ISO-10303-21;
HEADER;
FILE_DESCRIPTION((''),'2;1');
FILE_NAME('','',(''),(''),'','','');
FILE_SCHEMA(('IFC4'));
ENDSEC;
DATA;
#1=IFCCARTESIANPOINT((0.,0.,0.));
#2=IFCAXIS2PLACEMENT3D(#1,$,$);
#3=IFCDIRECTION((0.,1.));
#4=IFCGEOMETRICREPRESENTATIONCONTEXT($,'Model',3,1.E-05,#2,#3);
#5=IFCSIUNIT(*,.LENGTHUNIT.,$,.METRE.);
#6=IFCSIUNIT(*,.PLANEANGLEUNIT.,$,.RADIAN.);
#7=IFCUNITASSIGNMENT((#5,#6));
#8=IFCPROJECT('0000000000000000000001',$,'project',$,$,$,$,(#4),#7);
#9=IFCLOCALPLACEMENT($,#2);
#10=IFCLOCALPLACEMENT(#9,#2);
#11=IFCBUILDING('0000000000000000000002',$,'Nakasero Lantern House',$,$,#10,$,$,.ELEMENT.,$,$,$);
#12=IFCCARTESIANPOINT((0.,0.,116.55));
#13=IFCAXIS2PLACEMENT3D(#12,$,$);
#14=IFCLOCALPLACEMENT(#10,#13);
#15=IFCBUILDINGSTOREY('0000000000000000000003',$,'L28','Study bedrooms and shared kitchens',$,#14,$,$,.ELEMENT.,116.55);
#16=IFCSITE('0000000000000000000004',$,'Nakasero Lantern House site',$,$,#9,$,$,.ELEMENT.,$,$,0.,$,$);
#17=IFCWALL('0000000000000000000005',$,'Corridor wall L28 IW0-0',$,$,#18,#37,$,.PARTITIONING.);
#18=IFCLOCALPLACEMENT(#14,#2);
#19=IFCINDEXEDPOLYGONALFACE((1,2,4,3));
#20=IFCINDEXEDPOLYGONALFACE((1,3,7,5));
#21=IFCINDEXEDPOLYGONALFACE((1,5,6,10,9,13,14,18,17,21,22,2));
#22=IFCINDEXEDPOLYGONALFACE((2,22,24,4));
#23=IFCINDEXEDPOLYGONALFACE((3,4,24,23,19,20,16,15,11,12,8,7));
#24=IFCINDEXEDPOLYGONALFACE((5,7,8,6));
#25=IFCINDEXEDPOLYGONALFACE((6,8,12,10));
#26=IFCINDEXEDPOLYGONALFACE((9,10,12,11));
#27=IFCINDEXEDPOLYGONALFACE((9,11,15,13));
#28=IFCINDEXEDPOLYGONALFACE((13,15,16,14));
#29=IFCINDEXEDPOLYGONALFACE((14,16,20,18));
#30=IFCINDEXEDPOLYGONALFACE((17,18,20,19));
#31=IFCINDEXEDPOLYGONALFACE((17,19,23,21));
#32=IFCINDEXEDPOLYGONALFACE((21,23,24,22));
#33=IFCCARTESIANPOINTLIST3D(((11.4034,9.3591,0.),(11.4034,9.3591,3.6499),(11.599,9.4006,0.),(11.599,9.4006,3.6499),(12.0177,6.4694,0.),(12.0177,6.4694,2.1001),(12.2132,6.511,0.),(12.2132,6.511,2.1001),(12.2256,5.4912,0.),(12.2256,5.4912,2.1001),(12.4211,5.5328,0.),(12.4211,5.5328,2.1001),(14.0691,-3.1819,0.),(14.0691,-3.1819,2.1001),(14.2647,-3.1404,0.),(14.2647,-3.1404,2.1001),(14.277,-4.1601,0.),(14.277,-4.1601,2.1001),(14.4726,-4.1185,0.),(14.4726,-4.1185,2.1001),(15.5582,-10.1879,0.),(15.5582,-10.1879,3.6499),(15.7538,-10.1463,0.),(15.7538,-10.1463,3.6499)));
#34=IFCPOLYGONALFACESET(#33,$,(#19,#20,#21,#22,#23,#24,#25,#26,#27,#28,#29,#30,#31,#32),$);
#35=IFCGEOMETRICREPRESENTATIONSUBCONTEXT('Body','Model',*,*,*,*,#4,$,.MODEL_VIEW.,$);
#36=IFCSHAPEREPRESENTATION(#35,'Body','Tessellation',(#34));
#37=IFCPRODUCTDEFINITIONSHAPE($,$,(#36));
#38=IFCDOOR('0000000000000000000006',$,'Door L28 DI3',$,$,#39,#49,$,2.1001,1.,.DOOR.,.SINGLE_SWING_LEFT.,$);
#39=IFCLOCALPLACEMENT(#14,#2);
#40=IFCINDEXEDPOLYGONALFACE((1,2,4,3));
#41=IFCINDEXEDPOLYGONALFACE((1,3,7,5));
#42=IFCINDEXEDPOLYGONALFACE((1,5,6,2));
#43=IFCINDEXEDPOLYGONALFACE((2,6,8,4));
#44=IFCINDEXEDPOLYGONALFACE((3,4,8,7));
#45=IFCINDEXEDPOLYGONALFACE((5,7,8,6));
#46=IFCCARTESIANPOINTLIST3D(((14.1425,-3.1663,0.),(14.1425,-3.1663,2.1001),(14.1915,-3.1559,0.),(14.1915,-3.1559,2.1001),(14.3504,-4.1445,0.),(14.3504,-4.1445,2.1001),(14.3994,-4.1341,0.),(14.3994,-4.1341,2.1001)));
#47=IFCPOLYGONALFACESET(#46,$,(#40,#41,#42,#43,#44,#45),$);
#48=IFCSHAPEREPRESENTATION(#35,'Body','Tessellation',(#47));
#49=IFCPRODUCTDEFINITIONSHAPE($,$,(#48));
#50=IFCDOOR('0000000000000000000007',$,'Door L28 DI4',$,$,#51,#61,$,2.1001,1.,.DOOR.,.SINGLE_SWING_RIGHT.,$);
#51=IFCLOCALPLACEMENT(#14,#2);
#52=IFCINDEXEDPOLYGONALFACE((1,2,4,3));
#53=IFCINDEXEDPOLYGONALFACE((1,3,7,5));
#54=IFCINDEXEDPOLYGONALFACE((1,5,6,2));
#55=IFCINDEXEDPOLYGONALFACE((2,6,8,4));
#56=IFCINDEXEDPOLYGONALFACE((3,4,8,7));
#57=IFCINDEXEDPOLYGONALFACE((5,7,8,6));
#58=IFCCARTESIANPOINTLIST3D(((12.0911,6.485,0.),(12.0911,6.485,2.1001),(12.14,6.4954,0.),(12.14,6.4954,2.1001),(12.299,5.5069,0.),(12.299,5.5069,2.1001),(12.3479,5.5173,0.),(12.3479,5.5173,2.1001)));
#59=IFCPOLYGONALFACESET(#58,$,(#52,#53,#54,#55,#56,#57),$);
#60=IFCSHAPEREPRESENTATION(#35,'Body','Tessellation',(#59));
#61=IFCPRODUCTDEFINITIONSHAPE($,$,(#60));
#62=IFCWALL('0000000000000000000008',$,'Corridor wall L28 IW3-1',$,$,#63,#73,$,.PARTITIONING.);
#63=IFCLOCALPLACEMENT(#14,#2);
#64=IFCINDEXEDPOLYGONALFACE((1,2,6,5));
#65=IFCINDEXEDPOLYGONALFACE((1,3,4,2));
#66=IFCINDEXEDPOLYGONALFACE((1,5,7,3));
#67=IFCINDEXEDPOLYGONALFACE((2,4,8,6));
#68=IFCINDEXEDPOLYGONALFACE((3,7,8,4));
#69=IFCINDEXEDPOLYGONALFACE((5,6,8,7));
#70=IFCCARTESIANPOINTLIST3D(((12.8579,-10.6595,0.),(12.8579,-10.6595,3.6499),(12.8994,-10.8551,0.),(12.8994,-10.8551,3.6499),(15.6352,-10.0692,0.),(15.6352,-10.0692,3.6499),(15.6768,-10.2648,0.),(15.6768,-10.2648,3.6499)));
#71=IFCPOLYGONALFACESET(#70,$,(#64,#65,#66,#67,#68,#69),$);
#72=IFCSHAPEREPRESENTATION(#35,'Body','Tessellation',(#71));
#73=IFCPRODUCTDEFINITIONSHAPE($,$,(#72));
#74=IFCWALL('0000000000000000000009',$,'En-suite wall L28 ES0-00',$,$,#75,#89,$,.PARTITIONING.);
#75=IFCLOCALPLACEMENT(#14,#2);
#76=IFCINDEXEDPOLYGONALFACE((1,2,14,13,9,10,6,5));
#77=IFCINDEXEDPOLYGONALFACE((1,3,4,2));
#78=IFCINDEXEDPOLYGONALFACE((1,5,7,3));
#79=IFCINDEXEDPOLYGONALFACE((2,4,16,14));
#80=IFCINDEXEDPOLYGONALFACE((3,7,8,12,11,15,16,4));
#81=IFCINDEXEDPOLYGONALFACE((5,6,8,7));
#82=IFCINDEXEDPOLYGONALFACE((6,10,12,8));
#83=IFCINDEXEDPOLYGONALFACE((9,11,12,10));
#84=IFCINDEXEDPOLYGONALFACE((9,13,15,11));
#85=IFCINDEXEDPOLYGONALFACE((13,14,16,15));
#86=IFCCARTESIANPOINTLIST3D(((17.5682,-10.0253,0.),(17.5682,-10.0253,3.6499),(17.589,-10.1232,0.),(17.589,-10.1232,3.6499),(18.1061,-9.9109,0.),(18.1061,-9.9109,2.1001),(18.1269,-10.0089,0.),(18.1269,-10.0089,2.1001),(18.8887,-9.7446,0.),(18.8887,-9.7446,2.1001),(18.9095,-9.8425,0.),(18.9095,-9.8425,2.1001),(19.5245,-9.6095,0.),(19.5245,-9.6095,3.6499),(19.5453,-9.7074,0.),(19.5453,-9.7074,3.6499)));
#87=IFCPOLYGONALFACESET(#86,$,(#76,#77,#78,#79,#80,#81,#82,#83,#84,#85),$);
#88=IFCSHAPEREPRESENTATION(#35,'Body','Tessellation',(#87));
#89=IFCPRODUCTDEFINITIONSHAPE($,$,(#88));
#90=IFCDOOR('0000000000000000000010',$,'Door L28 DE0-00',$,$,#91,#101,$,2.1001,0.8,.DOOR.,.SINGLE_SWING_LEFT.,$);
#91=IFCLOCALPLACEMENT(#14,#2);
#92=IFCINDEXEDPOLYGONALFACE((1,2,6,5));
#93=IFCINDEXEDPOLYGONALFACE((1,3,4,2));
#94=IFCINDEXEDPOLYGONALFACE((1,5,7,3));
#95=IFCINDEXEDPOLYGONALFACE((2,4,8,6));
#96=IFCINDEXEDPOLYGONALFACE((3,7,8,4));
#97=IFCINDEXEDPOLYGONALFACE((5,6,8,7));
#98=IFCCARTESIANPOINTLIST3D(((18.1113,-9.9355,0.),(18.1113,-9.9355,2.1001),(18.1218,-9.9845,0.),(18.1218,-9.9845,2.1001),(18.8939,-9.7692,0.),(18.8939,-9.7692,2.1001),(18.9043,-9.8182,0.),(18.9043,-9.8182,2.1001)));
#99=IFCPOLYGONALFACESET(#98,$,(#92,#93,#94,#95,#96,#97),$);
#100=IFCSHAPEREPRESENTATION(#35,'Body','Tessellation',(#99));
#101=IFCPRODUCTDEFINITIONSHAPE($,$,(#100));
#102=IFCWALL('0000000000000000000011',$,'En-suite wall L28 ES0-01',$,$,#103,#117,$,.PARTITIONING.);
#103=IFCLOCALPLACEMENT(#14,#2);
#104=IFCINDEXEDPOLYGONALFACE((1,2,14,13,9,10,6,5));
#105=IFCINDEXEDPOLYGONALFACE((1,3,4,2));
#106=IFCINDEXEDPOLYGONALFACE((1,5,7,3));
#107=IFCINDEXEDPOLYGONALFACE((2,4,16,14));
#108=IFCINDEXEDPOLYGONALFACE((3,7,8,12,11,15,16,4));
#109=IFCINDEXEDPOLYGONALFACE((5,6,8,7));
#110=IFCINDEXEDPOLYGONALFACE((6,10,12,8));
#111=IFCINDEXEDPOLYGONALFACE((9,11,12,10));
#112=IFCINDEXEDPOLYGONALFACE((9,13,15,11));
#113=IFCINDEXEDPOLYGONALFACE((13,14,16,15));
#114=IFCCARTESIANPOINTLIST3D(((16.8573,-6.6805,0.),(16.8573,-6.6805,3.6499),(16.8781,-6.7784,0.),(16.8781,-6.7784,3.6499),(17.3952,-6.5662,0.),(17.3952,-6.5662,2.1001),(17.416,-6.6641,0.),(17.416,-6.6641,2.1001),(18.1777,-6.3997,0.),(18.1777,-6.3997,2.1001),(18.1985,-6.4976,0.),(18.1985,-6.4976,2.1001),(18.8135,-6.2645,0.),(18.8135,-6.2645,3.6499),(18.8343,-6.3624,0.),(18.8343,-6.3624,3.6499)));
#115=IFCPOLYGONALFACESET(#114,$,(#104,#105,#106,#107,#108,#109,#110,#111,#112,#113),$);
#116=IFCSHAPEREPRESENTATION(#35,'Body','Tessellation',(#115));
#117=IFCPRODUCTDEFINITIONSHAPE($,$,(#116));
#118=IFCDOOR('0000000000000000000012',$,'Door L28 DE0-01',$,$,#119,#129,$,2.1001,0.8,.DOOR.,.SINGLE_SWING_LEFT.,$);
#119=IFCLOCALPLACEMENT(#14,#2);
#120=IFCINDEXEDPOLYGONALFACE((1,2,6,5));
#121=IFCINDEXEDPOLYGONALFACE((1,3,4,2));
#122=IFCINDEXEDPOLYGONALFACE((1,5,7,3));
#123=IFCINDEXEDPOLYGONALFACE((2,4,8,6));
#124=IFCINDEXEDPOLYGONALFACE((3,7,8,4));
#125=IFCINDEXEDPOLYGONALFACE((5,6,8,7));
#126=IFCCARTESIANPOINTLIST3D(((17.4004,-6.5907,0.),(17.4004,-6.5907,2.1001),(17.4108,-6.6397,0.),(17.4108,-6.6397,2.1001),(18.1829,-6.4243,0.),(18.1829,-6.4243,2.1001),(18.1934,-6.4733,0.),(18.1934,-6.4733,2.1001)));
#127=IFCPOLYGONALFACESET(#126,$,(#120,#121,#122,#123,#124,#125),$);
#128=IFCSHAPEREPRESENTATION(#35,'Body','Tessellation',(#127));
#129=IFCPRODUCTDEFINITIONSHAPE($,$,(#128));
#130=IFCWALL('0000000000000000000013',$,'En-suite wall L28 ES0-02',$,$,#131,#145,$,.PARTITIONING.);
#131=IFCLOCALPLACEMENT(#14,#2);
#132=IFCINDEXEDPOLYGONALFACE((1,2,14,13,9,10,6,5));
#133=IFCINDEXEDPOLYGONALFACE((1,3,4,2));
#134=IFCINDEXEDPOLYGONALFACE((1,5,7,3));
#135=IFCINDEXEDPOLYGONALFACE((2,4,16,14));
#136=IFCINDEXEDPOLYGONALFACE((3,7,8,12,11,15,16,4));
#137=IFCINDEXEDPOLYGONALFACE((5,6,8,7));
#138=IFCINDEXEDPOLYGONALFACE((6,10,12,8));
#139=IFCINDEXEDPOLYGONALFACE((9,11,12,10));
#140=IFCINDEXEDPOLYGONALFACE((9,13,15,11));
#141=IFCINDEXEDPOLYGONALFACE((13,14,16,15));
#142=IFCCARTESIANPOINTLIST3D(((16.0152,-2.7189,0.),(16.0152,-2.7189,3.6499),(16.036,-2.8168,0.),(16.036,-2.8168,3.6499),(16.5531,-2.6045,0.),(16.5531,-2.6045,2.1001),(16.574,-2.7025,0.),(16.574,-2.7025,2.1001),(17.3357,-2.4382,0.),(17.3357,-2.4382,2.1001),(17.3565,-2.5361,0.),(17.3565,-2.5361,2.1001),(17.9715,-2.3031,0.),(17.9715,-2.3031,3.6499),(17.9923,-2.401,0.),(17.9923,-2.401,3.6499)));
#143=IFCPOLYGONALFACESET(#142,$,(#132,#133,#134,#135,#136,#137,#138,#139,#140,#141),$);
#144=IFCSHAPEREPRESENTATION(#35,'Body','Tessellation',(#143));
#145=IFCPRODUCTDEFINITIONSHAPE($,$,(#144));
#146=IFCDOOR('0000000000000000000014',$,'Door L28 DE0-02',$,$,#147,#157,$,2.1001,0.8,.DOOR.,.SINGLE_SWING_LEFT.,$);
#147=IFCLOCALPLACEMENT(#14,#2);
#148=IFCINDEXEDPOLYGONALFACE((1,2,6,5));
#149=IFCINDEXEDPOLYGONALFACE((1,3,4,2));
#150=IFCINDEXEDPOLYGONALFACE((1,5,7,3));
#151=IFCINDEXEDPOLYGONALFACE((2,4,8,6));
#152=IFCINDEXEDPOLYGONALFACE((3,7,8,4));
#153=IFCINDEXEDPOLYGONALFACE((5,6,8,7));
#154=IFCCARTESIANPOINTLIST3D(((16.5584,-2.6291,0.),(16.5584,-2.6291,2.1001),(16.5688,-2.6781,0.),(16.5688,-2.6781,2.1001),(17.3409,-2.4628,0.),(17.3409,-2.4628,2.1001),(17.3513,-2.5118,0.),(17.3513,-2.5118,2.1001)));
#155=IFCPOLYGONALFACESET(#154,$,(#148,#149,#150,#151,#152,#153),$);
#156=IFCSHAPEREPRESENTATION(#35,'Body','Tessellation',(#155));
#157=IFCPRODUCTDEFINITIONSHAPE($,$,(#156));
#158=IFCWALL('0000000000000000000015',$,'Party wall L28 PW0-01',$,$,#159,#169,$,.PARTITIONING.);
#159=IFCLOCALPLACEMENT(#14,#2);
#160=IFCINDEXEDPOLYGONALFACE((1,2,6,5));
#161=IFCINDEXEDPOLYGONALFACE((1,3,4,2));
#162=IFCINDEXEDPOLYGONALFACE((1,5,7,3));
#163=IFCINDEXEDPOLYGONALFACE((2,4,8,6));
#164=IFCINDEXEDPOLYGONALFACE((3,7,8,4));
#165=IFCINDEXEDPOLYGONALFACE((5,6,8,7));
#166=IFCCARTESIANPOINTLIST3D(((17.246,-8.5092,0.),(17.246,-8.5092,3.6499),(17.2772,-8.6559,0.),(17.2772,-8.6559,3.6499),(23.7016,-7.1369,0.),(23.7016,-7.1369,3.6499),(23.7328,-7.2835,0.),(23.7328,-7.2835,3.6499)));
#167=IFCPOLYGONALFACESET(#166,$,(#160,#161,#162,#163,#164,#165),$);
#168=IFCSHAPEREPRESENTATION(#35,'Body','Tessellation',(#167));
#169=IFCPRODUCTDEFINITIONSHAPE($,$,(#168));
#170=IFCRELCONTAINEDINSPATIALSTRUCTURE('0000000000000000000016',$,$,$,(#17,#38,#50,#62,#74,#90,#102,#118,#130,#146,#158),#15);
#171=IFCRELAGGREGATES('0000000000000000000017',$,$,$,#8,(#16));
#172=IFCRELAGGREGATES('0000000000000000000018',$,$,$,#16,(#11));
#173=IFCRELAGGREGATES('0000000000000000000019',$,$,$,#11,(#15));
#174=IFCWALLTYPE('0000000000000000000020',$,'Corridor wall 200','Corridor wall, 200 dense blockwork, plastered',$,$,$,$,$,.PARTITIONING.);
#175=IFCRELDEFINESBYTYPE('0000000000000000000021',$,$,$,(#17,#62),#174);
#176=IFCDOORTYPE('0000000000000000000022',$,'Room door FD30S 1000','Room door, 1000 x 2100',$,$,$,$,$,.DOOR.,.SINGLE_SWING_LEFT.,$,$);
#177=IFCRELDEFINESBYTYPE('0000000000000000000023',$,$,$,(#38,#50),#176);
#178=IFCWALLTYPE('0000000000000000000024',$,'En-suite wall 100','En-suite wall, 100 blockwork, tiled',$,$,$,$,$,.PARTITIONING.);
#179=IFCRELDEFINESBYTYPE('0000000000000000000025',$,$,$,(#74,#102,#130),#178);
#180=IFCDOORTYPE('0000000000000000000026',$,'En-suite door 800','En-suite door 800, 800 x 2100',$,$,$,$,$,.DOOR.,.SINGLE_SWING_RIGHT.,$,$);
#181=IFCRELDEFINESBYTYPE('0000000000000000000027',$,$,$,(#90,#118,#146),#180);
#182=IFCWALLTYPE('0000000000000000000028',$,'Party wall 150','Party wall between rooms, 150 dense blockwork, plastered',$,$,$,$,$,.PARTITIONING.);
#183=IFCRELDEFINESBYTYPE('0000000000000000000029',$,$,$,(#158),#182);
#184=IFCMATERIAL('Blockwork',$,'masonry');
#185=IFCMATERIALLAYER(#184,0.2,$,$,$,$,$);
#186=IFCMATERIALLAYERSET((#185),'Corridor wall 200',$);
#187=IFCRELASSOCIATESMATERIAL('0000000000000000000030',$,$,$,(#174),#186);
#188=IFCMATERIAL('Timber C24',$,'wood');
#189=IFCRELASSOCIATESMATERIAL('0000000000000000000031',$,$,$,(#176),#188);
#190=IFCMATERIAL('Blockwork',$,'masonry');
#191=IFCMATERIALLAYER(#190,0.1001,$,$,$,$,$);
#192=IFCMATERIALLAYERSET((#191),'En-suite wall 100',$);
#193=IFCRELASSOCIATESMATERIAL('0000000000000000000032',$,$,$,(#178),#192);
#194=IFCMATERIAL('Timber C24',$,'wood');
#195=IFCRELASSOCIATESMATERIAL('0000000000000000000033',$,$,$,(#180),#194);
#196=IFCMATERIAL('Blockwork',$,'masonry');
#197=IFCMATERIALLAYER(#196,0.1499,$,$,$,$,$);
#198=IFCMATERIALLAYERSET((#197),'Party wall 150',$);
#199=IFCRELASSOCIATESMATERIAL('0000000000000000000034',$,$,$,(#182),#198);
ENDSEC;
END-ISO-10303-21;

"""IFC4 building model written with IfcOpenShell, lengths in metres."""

from ifc_helpers import new_model, si_unit, direction, frame, frame_2d, origin, place, context, subcontext, project, spatial, rectangle, extrude, material, layer, layer_set, type_object, element, fill, save


model = new_model("IFC4")

# Units and contexts
model_context = context("Model", 3, precision=1e-05, world=origin(), true_north=direction((0.0, 1.0)))
body_context = subcontext(model_context, "Body", "Model", "MODEL_VIEW")
ifc_project = project(units=[si_unit("LENGTHUNIT", "METRE"), si_unit("PLANEANGLEUNIT", "RADIAN")], contexts=[model_context])

# Site, building, storey
site_placement = place(None, origin())
site = spatial("IfcSite", under=ifc_project, at=site_placement, Name="Nakasero Lantern House site", CompositionType="ELEMENT", RefElevation=0.0)
building_placement = place(site_placement, origin())
building = spatial("IfcBuilding", under=site, at=building_placement, Name="Nakasero Lantern House", CompositionType="ELEMENT")
storey_placement = place(building_placement, frame((0.0, 0.0, 116.55)))
storey = spatial("IfcBuildingStorey", under=building, at=storey_placement, Name="L28", Description="Study bedrooms and shared kitchens", CompositionType="ELEMENT", Elevation=116.55)

# Wall, openings, doors
ifc_material_1 = material(Name="Blockwork", Category="masonry")
ifc_layer_1 = layer(ifc_material_1, 0.2)
ifc_layer_set_1 = layer_set([ifc_layer_1], Name="Corridor wall 200")
wall_type_1 = type_object("IfcWallType", Name="Corridor wall 200", Description="Corridor wall, 200 dense blockwork, plastered", PredefinedType="PARTITIONING", material=ifc_layer_set_1)
wall_1_placement = place(storey_placement, frame((15.656, -10.167, 0.0), z_axis=(0.0, 0.0, 1.0), x_axis=(-0.20791, 0.978148, 0.0)))
wall_1 = element("IfcWall", 1, at=wall_1_placement, inside=storey, type_object=wall_type_1, Name="Corridor wall L28 IW0-0", PredefinedType="PARTITIONING", context=body_context, shape_type="SweptSolid", body=[
    extrude(rectangle(XDim=19.9836, YDim=0.2, at=frame_2d((9.9917, 0.0))), origin(), (0.0, 0.0, 1.0), 3.6499),
])
opening_1_placement = place(wall_1_placement, frame((6.1624, 0.0, 0.0)))
opening_1 = element("IfcOpeningElement", 2, at=opening_1_placement, cuts=wall_1, PredefinedType="OPENING", context=body_context, shape_type="SweptSolid", body=[
    extrude(rectangle(XDim=1.0, YDim=2.1001, at=frame_2d((0.5, 1.05))), frame((0.0, 0.1199, 0.0), z_axis=(0.0, -1.0, 0.0), x_axis=(1.0, 0.0, 0.0)), (0.0, 0.0, 1.0), 0.24),
])
opening_2_placement = place(wall_1_placement, frame((16.0293, 0.0, 0.0)))
opening_2 = element("IfcOpeningElement", 3, at=opening_2_placement, cuts=wall_1, PredefinedType="OPENING", context=body_context, shape_type="SweptSolid", body=[
    extrude(rectangle(XDim=1.0, YDim=2.1001, at=frame_2d((0.5, 1.05))), frame((0.0, 0.1199, 0.0), z_axis=(0.0, -1.0, 0.0), x_axis=(1.0, 0.0, 0.0)), (0.0, 0.0, 1.0), 0.24),
])
ifc_material_2 = material(Name="Timber C24", Category="wood")
door_type_1 = type_object("IfcDoorType", Name="Room door FD30S 1000", Description="Room door, 1000 x 2100", OperationType="SINGLE_SWING_LEFT", PredefinedType="DOOR", material=ifc_material_2)
door_1_placement = place(opening_1_placement, origin())
door_1 = element("IfcDoor", 4, at=door_1_placement, inside=storey, type_object=door_type_1, Name="Door L28 DI3", OperationType="SINGLE_SWING_LEFT", OverallHeight=2.1001, OverallWidth=1.0, PredefinedType="DOOR", context=body_context, shape_type="SweptSolid", body=[
    extrude(rectangle(XDim=1.0, YDim=2.1001, at=frame_2d((0.5, 1.05))), frame((0.0, 0.0249, 0.0), z_axis=(0.0, -1.0, 0.0), x_axis=(1.0, 0.0, 0.0)), (0.0, 0.0, 1.0), 0.05),
])
fill(opening_1, door_1)
door_2_placement = place(opening_2_placement, origin())
door_2 = element("IfcDoor", 5, at=door_2_placement, inside=storey, type_object=door_type_1, Name="Door L28 DI4", OperationType="SINGLE_SWING_RIGHT", OverallHeight=2.1001, OverallWidth=1.0, PredefinedType="DOOR", context=body_context, shape_type="SweptSolid", body=[
    extrude(rectangle(XDim=1.0, YDim=2.1001, at=frame_2d((0.5, 1.05))), frame((0.0, 0.0249, 0.0), z_axis=(0.0, -1.0, 0.0), x_axis=(1.0, 0.0, 0.0)), (0.0, 0.0, 1.0), 0.05),
])
fill(opening_2, door_2)

# Wall
wall_2_placement = place(storey_placement, frame((12.8787, -10.7573, 0.0), z_axis=(0.0, 0.0, 1.0), x_axis=(0.978148, 0.207908, 0.0)))
element("IfcWall", 6, at=wall_2_placement, inside=storey, type_object=wall_type_1, Name="Corridor wall L28 IW3-1", PredefinedType="PARTITIONING", context=body_context, shape_type="SweptSolid", body=[
    extrude(rectangle(XDim=2.8394, YDim=0.2, at=frame_2d((1.4197, 0.0))), origin(), (0.0, 0.0, 1.0), 3.6499),
])

# Walls, openings, doors
ifc_material_3 = material(Name="Blockwork", Category="masonry")
ifc_layer_2 = layer(ifc_material_3, 0.1001)
ifc_layer_set_2 = layer_set([ifc_layer_2], Name="En-suite wall 100")
wall_type_2 = type_object("IfcWallType", Name="En-suite wall 100", Description="En-suite wall, 100 blockwork, tiled", PredefinedType="PARTITIONING", material=ifc_layer_set_2)
wall_3_placement = place(storey_placement, frame((17.5786, -10.0742, 0.0), z_axis=(0.0, 0.0, 1.0), x_axis=(0.978153, 0.207886, 0.0)))
wall_3 = element("IfcWall", 7, at=wall_3_placement, inside=storey, type_object=wall_type_2, Name="En-suite wall L28 ES0-00", PredefinedType="PARTITIONING", context=body_context, shape_type="SweptSolid", body=[
    extrude(rectangle(XDim=2.0, YDim=0.1001, at=frame_2d((1.0, 0.0))), origin(), (0.0, 0.0, 1.0), 3.6499),
])
opening_3_placement = place(wall_3_placement, frame((0.55, 0.0, 0.0)))
opening_3 = element("IfcOpeningElement", 8, at=opening_3_placement, cuts=wall_3, PredefinedType="OPENING", context=body_context, shape_type="SweptSolid", body=[
    extrude(rectangle(XDim=0.8, YDim=2.1001, at=frame_2d((0.3999, 1.05))), frame((0.0, 0.0701, 0.0), z_axis=(0.0, -1.0, 0.0), x_axis=(1.0, 0.0, 0.0)), (0.0, 0.0, 1.0), 0.1401),
])
ifc_material_4 = material(Name="Timber C24", Category="wood")
door_type_2 = type_object("IfcDoorType", Name="En-suite door 800", Description="En-suite door 800, 800 x 2100", OperationType="SINGLE_SWING_RIGHT", PredefinedType="DOOR", material=ifc_material_4)
door_3_placement = place(opening_3_placement, origin())
door_3 = element("IfcDoor", 9, at=door_3_placement, inside=storey, type_object=door_type_2, Name="Door L28 DE0-00", OperationType="SINGLE_SWING_LEFT", OverallHeight=2.1001, OverallWidth=0.8, PredefinedType="DOOR", context=body_context, shape_type="SweptSolid", body=[
    extrude(rectangle(XDim=0.8, YDim=2.1001, at=frame_2d((0.3999, 1.05))), frame((0.0, 0.0249, 0.0), z_axis=(0.0, -1.0, 0.0), x_axis=(1.0, 0.0, 0.0)), (0.0, 0.0, 1.0), 0.05),
])
fill(opening_3, door_3)
wall_4_placement = place(storey_placement, frame((16.8677, -6.7295, 0.0), z_axis=(0.0, 0.0, 1.0), x_axis=(0.978128, 0.208003, 0.0)))
wall_4 = element("IfcWall", 10, at=wall_4_placement, inside=storey, type_object=wall_type_2, Name="En-suite wall L28 ES0-01", PredefinedType="PARTITIONING", context=body_context, shape_type="SweptSolid", body=[
    extrude(rectangle(XDim=2.0, YDim=0.1001, at=frame_2d((1.0, 0.0))), origin(), (0.0, 0.0, 1.0), 3.6499),
])
opening_4_placement = place(wall_4_placement, frame((0.55, 0.0, 0.0)))
opening_4 = element("IfcOpeningElement", 11, at=opening_4_placement, cuts=wall_4, PredefinedType="OPENING", context=body_context, shape_type="SweptSolid", body=[
    extrude(rectangle(XDim=0.8, YDim=2.1001, at=frame_2d((0.3999, 1.05))), frame((0.0, 0.0701, 0.0), z_axis=(0.0, -1.0, 0.0), x_axis=(1.0, 0.0, 0.0)), (0.0, 0.0, 1.0), 0.1401),
])
door_4_placement = place(opening_4_placement, origin())
door_4 = element("IfcDoor", 12, at=door_4_placement, inside=storey, type_object=door_type_2, Name="Door L28 DE0-01", OperationType="SINGLE_SWING_LEFT", OverallHeight=2.1001, OverallWidth=0.8, PredefinedType="DOOR", context=body_context, shape_type="SweptSolid", body=[
    extrude(rectangle(XDim=0.8, YDim=2.1001, at=frame_2d((0.3999, 1.05))), frame((0.0, 0.0249, 0.0), z_axis=(0.0, -1.0, 0.0), x_axis=(1.0, 0.0, 0.0)), (0.0, 0.0, 1.0), 0.05),
])
fill(opening_4, door_4)
wall_5_placement = place(storey_placement, frame((16.0256, -2.7678, 0.0), z_axis=(0.0, 0.0, 1.0), x_axis=(0.978153, 0.207886, 0.0)))
wall_5 = element("IfcWall", 13, at=wall_5_placement, inside=storey, type_object=wall_type_2, Name="En-suite wall L28 ES0-02", PredefinedType="PARTITIONING", context=body_context, shape_type="SweptSolid", body=[
    extrude(rectangle(XDim=2.0, YDim=0.1001, at=frame_2d((1.0, 0.0))), origin(), (0.0, 0.0, 1.0), 3.6499),
])
opening_5_placement = place(wall_5_placement, frame((0.55, 0.0, 0.0)))
opening_5 = element("IfcOpeningElement", 14, at=opening_5_placement, cuts=wall_5, PredefinedType="OPENING", context=body_context, shape_type="SweptSolid", body=[
    extrude(rectangle(XDim=0.8, YDim=2.1001, at=frame_2d((0.3999, 1.05))), frame((0.0, 0.0701, 0.0), z_axis=(0.0, -1.0, 0.0), x_axis=(1.0, 0.0, 0.0)), (0.0, 0.0, 1.0), 0.1401),
])
door_5_placement = place(opening_5_placement, origin())
door_5 = element("IfcDoor", 15, at=door_5_placement, inside=storey, type_object=door_type_2, Name="Door L28 DE0-02", OperationType="SINGLE_SWING_LEFT", OverallHeight=2.1001, OverallWidth=0.8, PredefinedType="DOOR", context=body_context, shape_type="SweptSolid", body=[
    extrude(rectangle(XDim=0.8, YDim=2.1001, at=frame_2d((0.3999, 1.05))), frame((0.0, 0.0249, 0.0), z_axis=(0.0, -1.0, 0.0), x_axis=(1.0, 0.0, 0.0)), (0.0, 0.0, 1.0), 0.05),
])
fill(opening_5, door_5)

# Wall
ifc_material_5 = material(Name="Blockwork", Category="masonry")
ifc_layer_3 = layer(ifc_material_5, 0.1499)
ifc_layer_set_3 = layer_set([ifc_layer_3], Name="Party wall 150")
wall_type_3 = type_object("IfcWallType", Name="Party wall 150", Description="Party wall between rooms, 150 dense blockwork, plastered", PredefinedType="PARTITIONING", material=ifc_layer_set_3)
wall_6_placement = place(storey_placement, frame((17.2617, -8.5825, 0.0), z_axis=(0.0, 0.0, 1.0), x_axis=(0.978143, 0.207932, 0.0)))
element("IfcWall", 16, at=wall_6_placement, inside=storey, type_object=wall_type_3, Name="Party wall L28 PW0-01", PredefinedType="PARTITIONING", context=body_context, shape_type="SweptSolid", body=[
    extrude(rectangle(XDim=6.5999, YDim=0.1499, at=frame_2d((3.2998, 0.0))), origin(), (0.0, 0.0, 1.0), 3.6499),
])

save(model, "model.ifc")
